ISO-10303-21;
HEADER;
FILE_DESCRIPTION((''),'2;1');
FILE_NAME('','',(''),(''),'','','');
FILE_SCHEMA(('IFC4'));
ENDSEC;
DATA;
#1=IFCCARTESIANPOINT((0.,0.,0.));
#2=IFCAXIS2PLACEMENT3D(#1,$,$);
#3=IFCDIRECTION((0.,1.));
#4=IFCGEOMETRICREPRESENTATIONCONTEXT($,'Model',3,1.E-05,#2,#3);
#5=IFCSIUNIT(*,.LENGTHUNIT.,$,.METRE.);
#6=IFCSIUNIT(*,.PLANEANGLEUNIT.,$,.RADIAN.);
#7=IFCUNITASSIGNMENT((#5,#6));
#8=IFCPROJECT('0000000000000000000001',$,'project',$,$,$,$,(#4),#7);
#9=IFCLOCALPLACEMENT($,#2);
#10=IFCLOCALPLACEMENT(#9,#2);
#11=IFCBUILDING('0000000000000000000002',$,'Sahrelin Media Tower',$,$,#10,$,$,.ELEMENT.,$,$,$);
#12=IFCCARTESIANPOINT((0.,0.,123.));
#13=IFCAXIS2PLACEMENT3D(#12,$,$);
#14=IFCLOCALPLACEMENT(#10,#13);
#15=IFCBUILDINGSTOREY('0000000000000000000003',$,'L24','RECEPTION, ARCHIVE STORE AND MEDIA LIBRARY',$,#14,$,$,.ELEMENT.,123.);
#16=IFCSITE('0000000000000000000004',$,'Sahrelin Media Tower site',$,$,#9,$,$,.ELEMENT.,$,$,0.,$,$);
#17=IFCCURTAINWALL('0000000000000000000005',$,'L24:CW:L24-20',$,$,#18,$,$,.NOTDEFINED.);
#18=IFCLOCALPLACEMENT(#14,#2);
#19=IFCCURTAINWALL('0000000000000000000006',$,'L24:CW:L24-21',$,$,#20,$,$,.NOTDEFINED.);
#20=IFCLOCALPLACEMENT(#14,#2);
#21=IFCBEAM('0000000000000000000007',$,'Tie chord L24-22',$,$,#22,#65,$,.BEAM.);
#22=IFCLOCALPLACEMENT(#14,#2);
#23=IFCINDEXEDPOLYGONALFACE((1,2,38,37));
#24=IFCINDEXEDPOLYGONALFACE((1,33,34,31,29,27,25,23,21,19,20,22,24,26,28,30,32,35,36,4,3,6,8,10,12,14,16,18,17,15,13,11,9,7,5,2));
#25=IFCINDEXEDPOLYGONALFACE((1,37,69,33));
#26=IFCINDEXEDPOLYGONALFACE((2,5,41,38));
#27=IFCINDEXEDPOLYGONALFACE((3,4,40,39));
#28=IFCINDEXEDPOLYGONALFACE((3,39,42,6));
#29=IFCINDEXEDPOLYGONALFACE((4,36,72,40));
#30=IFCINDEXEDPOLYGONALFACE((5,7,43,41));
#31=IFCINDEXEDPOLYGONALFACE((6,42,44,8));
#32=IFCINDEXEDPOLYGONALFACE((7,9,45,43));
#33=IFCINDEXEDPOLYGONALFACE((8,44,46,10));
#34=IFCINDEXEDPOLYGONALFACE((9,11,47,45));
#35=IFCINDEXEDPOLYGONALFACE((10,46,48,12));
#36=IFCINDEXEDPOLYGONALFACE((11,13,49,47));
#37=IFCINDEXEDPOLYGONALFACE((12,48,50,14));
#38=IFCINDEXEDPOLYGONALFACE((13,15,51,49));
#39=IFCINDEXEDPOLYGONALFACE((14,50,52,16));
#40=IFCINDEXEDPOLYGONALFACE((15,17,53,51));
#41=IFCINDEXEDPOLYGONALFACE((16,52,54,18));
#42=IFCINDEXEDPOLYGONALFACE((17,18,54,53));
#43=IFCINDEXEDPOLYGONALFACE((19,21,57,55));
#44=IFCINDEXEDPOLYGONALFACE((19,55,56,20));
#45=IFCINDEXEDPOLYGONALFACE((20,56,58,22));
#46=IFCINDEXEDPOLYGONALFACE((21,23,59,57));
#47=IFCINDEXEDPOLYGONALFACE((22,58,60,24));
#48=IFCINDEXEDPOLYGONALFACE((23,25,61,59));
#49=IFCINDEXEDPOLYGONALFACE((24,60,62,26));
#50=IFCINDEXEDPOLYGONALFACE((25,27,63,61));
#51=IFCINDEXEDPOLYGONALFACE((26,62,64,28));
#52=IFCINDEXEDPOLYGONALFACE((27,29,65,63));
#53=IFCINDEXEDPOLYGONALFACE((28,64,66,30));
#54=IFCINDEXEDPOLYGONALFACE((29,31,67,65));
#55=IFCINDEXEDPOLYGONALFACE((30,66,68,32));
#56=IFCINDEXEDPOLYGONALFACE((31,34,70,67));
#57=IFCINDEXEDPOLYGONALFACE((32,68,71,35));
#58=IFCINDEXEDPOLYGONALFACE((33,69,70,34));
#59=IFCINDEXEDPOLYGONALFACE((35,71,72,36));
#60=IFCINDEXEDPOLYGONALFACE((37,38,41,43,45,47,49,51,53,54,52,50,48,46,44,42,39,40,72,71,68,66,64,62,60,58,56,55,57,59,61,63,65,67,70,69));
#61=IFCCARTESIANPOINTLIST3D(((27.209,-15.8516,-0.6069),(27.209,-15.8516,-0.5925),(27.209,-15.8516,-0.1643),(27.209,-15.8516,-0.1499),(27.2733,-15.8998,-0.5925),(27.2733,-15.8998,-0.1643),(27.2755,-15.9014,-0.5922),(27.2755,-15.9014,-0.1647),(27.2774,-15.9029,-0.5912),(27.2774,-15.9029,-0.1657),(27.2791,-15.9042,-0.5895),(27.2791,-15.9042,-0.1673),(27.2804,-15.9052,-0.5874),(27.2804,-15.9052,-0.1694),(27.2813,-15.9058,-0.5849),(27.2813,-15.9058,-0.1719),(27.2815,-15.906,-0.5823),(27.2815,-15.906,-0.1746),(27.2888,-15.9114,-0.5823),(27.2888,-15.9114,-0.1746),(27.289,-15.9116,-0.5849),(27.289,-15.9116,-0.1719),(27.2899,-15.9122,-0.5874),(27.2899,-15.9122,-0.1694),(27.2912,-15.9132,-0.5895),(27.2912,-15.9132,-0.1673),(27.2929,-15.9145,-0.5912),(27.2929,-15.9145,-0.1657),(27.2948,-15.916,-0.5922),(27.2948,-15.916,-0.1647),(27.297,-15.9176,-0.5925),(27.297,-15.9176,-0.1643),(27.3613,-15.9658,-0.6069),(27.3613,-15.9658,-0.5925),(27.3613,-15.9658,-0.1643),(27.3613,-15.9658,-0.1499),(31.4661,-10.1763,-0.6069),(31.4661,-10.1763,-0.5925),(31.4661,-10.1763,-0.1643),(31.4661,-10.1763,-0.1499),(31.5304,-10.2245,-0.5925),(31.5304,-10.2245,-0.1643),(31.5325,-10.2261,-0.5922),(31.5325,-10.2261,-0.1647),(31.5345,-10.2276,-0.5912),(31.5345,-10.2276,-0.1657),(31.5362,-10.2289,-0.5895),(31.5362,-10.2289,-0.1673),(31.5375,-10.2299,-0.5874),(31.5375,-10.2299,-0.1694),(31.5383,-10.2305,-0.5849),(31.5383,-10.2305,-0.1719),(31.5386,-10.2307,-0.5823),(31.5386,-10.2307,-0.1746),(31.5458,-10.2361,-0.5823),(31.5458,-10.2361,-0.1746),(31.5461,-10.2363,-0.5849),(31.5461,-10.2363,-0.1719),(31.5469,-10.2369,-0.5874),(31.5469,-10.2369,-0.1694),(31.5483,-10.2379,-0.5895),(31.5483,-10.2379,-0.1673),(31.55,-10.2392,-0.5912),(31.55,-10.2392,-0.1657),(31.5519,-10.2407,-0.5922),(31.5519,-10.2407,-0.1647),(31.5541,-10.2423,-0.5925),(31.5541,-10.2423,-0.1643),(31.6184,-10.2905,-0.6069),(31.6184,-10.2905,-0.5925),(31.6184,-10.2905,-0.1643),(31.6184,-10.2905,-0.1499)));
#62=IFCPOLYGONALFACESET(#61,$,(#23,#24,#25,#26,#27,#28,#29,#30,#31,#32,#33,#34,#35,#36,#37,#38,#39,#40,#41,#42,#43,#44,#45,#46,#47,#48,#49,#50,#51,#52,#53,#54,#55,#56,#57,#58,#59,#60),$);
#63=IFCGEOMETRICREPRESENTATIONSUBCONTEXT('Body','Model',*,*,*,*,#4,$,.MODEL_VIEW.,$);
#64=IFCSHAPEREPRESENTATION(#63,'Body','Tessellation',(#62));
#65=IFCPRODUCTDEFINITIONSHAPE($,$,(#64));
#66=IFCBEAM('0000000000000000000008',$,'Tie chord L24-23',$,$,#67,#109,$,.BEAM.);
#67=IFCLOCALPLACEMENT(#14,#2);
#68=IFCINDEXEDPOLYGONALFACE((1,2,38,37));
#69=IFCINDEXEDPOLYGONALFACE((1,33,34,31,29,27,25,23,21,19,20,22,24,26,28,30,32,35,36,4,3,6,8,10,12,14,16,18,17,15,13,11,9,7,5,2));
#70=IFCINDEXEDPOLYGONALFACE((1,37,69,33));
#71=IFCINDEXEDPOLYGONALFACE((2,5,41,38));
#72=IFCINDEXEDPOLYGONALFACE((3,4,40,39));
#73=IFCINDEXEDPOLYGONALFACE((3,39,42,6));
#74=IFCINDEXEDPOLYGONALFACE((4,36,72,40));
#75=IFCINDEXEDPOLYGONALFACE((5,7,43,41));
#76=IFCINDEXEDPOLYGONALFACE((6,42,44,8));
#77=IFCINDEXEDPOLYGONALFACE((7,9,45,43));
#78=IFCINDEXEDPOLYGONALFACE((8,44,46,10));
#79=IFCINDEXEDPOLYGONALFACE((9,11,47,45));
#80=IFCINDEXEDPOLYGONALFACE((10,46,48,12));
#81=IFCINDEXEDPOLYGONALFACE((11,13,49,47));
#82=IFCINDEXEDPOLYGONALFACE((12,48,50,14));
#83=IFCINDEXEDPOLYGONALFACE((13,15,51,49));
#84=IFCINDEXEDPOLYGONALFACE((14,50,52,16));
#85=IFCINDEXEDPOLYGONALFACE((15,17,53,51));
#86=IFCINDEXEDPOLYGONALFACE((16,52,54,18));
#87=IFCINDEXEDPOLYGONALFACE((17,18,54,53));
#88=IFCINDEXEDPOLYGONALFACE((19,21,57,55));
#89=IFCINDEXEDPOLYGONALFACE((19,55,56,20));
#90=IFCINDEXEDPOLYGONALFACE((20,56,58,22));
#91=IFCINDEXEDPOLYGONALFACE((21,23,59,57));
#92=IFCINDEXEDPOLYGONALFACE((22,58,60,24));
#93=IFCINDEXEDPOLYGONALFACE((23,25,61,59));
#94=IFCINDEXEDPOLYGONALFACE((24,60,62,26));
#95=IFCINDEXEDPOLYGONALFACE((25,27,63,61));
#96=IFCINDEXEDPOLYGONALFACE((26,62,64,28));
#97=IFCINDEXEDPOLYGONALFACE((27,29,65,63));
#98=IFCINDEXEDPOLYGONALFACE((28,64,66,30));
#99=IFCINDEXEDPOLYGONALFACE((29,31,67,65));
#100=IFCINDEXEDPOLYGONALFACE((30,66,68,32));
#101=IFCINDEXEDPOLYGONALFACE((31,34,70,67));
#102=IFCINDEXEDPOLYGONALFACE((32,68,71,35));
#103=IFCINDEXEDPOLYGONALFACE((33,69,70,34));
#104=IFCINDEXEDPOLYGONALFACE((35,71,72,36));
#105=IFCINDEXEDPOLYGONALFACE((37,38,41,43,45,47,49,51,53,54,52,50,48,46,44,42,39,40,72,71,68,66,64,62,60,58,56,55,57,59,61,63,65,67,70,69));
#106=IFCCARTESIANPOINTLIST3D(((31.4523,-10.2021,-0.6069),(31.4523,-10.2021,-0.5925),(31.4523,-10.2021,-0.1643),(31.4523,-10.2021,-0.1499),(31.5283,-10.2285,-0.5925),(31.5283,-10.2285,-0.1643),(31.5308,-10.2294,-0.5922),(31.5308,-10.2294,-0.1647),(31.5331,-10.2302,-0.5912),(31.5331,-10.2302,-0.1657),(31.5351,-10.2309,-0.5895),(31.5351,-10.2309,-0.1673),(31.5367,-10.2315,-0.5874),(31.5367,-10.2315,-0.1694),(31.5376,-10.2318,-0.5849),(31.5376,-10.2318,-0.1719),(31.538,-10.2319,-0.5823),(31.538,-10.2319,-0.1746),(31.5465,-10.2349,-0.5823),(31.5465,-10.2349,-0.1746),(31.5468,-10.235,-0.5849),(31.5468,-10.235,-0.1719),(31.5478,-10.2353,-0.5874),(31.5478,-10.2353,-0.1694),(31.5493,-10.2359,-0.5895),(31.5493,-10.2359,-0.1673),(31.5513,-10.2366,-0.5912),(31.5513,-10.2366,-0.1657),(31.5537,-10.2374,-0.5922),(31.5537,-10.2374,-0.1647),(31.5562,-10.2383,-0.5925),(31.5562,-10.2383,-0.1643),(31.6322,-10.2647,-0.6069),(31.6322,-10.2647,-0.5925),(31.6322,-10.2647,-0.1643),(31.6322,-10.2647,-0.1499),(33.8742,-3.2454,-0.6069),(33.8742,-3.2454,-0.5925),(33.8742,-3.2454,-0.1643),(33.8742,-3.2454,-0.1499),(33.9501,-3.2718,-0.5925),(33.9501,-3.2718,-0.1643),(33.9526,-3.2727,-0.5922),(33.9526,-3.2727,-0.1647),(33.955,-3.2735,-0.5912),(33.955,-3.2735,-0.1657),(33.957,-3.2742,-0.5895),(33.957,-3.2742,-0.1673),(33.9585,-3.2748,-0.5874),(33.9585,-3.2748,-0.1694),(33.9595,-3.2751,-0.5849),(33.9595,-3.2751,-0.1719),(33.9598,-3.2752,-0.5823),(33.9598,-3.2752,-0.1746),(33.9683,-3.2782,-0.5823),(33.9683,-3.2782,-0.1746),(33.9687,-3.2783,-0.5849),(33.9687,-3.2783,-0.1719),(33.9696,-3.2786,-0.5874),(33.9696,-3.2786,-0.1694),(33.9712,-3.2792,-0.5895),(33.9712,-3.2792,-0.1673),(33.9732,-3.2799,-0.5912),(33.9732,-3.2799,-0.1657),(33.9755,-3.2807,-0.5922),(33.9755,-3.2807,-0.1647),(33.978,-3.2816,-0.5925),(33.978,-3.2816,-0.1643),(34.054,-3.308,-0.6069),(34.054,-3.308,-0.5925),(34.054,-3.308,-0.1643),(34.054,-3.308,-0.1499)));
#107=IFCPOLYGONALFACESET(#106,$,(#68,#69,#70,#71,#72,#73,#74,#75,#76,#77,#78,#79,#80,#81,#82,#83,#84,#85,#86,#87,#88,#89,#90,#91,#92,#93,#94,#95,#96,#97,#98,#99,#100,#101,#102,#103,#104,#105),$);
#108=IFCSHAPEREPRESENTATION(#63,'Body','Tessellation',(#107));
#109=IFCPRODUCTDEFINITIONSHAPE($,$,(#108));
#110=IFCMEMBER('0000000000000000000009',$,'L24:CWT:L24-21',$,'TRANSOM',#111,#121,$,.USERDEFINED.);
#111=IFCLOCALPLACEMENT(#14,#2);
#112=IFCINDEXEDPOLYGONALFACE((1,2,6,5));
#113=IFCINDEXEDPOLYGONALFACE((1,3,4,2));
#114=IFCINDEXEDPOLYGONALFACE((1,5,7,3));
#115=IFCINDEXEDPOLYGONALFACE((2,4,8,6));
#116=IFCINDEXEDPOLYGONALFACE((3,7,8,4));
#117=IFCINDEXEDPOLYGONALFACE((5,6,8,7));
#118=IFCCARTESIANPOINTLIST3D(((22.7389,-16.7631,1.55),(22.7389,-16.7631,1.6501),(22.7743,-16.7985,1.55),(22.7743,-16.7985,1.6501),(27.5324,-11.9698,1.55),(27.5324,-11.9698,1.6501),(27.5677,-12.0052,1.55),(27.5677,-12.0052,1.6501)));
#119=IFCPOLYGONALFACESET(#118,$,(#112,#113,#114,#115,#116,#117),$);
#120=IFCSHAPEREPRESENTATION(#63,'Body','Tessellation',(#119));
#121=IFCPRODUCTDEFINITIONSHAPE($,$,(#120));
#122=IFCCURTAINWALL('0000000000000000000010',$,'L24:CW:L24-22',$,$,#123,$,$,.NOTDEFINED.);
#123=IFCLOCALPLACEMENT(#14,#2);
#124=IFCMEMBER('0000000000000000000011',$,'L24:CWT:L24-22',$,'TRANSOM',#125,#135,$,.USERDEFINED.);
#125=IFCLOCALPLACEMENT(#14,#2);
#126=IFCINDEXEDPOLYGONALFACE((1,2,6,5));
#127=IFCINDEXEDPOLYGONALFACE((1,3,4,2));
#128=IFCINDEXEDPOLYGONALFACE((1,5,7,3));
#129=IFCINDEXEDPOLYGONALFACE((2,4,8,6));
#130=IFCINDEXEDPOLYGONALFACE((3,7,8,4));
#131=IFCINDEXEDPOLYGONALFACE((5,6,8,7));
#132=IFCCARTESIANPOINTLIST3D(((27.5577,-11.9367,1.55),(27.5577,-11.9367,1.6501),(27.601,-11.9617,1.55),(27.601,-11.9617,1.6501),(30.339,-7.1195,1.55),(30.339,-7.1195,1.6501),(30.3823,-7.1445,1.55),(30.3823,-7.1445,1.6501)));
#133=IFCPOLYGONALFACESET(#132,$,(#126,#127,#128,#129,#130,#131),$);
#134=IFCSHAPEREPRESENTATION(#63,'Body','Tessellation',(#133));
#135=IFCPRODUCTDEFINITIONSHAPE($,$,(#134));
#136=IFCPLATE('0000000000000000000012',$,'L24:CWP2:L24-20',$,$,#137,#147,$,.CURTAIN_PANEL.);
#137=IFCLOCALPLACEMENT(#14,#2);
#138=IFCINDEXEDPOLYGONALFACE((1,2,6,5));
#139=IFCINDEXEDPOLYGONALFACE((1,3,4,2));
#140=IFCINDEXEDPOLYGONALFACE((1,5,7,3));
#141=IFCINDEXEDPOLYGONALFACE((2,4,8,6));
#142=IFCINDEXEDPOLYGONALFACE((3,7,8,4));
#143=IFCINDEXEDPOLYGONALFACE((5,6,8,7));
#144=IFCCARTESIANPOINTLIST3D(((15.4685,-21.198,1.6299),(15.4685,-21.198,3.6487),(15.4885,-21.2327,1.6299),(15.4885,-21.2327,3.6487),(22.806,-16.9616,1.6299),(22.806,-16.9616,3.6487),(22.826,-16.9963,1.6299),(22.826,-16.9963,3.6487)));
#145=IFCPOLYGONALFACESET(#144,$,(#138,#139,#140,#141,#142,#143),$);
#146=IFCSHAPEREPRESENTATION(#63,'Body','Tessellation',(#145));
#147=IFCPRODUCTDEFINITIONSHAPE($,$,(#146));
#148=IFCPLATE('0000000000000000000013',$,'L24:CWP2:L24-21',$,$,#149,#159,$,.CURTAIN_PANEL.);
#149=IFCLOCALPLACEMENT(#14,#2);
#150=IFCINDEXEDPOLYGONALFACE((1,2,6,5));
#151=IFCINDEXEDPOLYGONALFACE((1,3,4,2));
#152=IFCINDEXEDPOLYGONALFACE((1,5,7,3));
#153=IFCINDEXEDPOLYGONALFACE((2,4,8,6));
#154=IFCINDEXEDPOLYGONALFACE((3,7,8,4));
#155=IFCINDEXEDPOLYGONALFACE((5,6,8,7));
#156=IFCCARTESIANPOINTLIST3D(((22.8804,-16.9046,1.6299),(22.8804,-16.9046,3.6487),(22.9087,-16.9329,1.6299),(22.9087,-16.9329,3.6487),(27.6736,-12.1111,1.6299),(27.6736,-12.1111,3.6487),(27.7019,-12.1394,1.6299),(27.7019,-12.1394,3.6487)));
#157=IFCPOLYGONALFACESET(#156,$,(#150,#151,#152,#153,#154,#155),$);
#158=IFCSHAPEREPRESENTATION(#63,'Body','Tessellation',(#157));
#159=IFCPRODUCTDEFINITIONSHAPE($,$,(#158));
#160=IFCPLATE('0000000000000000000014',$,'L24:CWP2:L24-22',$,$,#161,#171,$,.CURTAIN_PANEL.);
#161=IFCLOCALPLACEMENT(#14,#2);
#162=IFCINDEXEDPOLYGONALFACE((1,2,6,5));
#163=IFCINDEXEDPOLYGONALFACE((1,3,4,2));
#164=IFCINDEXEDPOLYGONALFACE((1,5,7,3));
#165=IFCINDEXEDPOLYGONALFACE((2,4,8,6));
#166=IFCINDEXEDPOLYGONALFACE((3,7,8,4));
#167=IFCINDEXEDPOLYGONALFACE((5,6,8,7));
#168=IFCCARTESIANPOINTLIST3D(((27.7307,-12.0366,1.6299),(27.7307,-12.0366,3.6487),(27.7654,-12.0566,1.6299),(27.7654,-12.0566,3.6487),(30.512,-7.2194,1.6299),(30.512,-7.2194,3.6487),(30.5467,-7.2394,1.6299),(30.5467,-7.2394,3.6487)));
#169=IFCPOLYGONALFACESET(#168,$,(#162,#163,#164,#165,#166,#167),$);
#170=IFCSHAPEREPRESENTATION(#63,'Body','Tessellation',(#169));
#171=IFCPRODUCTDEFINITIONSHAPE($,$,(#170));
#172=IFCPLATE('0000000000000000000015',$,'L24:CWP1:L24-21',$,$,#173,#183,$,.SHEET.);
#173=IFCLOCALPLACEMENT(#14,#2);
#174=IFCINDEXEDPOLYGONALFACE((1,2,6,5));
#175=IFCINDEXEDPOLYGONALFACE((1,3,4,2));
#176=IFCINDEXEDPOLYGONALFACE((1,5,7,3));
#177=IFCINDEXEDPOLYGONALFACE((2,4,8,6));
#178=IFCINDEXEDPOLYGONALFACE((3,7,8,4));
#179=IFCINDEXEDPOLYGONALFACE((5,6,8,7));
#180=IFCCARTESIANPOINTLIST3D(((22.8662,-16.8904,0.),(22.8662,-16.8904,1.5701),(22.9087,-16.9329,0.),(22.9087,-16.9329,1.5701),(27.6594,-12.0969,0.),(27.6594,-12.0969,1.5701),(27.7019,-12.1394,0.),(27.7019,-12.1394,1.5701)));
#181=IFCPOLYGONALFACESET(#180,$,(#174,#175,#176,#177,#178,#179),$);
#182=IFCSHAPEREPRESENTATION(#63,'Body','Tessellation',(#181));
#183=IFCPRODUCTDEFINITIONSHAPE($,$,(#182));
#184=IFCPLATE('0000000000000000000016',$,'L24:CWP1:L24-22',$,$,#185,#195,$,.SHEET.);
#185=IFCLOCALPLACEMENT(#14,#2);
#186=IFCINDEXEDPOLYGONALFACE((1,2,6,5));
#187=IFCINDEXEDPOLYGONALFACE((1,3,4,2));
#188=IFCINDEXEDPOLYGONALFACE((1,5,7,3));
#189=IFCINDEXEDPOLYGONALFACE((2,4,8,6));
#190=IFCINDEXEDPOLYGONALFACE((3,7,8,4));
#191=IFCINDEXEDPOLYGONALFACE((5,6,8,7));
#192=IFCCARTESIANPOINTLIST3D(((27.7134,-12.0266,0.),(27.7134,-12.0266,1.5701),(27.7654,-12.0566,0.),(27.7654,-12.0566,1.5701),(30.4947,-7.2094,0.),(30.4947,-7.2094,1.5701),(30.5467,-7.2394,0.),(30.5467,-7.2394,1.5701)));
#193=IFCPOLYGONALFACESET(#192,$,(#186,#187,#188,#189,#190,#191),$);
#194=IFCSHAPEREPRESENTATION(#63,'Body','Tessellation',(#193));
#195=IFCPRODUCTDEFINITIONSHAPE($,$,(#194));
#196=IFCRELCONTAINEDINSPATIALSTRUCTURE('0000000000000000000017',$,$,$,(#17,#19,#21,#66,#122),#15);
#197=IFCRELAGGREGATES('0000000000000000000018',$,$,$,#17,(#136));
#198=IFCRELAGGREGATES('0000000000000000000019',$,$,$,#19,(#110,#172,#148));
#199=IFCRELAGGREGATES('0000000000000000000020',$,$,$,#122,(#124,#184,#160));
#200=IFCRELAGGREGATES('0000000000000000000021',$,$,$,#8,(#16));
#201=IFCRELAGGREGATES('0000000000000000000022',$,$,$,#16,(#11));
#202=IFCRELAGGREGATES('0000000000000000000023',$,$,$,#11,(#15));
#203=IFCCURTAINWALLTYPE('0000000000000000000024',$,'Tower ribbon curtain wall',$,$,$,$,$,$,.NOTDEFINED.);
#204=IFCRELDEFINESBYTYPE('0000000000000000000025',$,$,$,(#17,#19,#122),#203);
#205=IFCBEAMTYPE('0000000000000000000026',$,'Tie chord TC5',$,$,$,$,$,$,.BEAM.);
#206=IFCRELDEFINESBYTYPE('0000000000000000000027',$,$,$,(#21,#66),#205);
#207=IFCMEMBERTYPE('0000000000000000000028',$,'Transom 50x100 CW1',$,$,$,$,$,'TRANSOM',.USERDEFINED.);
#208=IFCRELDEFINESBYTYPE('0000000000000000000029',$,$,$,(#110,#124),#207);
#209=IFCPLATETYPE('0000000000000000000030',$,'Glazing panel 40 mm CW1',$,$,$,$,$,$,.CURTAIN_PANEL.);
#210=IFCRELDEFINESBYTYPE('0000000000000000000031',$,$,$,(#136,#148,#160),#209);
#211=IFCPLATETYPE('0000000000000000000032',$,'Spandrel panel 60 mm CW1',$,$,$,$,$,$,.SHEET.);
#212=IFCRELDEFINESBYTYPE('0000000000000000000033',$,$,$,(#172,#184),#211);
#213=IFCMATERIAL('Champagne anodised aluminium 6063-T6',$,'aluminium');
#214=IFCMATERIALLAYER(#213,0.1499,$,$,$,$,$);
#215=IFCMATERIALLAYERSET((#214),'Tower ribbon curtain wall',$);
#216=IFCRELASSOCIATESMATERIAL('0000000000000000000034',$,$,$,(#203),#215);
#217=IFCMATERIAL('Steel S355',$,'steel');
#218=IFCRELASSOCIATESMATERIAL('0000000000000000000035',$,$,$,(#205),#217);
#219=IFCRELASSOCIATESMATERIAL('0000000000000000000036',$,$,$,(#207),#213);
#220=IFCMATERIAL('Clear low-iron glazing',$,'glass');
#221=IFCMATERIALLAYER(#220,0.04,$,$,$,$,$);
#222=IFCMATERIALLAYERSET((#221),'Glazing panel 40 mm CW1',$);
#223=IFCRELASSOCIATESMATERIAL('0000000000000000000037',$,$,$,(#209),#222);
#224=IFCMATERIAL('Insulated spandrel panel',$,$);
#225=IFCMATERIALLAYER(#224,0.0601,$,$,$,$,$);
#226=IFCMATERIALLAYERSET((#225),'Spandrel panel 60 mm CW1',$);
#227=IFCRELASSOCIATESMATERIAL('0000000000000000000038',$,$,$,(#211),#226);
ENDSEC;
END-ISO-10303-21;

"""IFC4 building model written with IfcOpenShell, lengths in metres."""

from ifc_helpers import new_model, si_unit, direction, frame, origin, origin_2d, place, context, subcontext, project, spatial, polyline, rectangle, i_section, outline, extrude, material, layer, layer_set, material_profile, profile_set, type_object, element, aggregate, save


model = new_model("IFC4")

# Units and contexts
model_context = context("Model", 3, precision=1e-05, world=origin(), true_north=direction((0.0, 1.0)))
body_context = subcontext(model_context, "Body", "Model", "MODEL_VIEW")
ifc_project = project(units=[si_unit("LENGTHUNIT", "METRE"), si_unit("PLANEANGLEUNIT", "RADIAN")], contexts=[model_context])

# Site, building, storey
site_placement = place(None, origin())
site = spatial("IfcSite", under=ifc_project, at=site_placement, Name="Sahrelin Media Tower site", CompositionType="ELEMENT", RefElevation=0.0)
building_placement = place(site_placement, origin())
building = spatial("IfcBuilding", under=site, at=building_placement, Name="Sahrelin Media Tower", CompositionType="ELEMENT")
storey_placement = place(building_placement, frame((0.0, 0.0, 123.0)))
storey = spatial("IfcBuildingStorey", under=building, at=storey_placement, Name="L24", Description="RECEPTION, ARCHIVE STORE AND MEDIA LIBRARY", CompositionType="ELEMENT", Elevation=123.0)

# Shared definitions
ifc_material_1 = material(Name="Steel S355", Category="steel")

# Curtain walls
ifc_material_2 = material(Name="Champagne anodised aluminium 6063-T6", Category="aluminium")
ifc_layer_1 = layer(ifc_material_2, 0.1499)
ifc_layer_set_1 = layer_set([ifc_layer_1], Name="Tower ribbon curtain wall")
curtain_wall_type = type_object("IfcCurtainWallType", Name="Tower ribbon curtain wall", PredefinedType="NOTDEFINED", material=ifc_layer_set_1)
curtain_wall_1_placement = place(storey_placement, frame((19.1472, -19.0972, 0.0), z_axis=(0.0, 0.0, 1.0), x_axis=(1.0, 0.0, 0.0)))
curtain_wall_1 = element("IfcCurtainWall", 1, at=curtain_wall_1_placement, inside=storey, type_object=curtain_wall_type, Name="L24:CW:L24-20", PredefinedType="NOTDEFINED")
curtain_wall_2_placement = place(storey_placement, frame((25.2913, -14.522, 0.0), z_axis=(0.0, 0.0, 1.0), x_axis=(1.0, 0.0, 0.0)))
curtain_wall_2 = element("IfcCurtainWall", 2, at=curtain_wall_2_placement, inside=storey, type_object=curtain_wall_type, Name="L24:CW:L24-21", PredefinedType="NOTDEFINED")

# Beams
ifc_material_profile_1 = material_profile(ifc_material_1, i_section(OverallWidth=0.1904, OverallDepth=0.457, WebThickness=0.009, FlangeThickness=0.0144, FilletRadius=0.0103, at=origin_2d()), Name="UB 457x191x74")
ifc_profile_set_1 = profile_set([ifc_material_profile_1], Name="Steel S355")
beam_type_1 = type_object("IfcBeamType", Name="Tie chord TC5", PredefinedType="BEAM", material=ifc_profile_set_1)
beam_1_placement = place(storey_placement, frame((27.2852, -15.9087, -0.3784), z_axis=(0.600055, 0.799959, 0.0), x_axis=(-0.799959, 0.600055, 0.0)))
element("IfcBeam", 3, at=beam_1_placement, inside=storey, type_object=beam_type_1, Name="Tie chord L24-22", PredefinedType="BEAM", context=body_context, shape_type="SweptSolid", body=[
    extrude(i_section(OverallWidth=0.1904, OverallDepth=0.457, WebThickness=0.009, FlangeThickness=0.0144, FilletRadius=0.0103, at=origin_2d()), origin(), (0.0, 0.0, 1.0), 7.0945),
])
beam_2_placement = place(storey_placement, frame((31.5422, -10.2334, -0.3784), z_axis=(0.328778, 0.944407, 0.0), x_axis=(-0.944407, 0.328778, 0.0)))
element("IfcBeam", 4, at=beam_2_placement, inside=storey, type_object=beam_type_1, Name="Tie chord L24-23", PredefinedType="BEAM", context=body_context, shape_type="SweptSolid", body=[
    extrude(i_section(OverallWidth=0.1904, OverallDepth=0.457, WebThickness=0.009, FlangeThickness=0.0144, FilletRadius=0.0103, at=origin_2d()), origin(), (0.0, 0.0, 1.0), 7.3662),
])

# Member
ifc_material_profile_2 = material_profile(ifc_material_2, rectangle(XDim=0.05, YDim=0.1001, at=origin_2d()), Name="Transom 50x100")
ifc_profile_set_2 = profile_set([ifc_material_profile_2], Name="Champagne anodised aluminium 6063-T6")
member_type_1 = type_object("IfcMemberType", Name="Transom 50x100 CW1", ElementType="TRANSOM", PredefinedType="USERDEFINED", material=ifc_profile_set_2)
member_1_placement = place(storey_placement, frame((22.7566, -16.7808, 1.6001), z_axis=(0.707125, 0.707089, 0.0), x_axis=(-0.707089, 0.707125, 0.0)))
member_1 = element("IfcMember", 5, at=member_1_placement, type_object=member_type_1, Name="L24:CWT:L24-21", ObjectType="TRANSOM", PredefinedType="USERDEFINED", context=body_context, shape_type="SweptSolid", body=[
    extrude(rectangle(XDim=0.05, YDim=0.1001, at=origin_2d()), origin(), (0.0, 0.0, 1.0), 6.7788),
])

# Curtain wall, member
curtain_wall_3_placement = place(storey_placement, frame((29.1389, -9.6382, 0.0), z_axis=(0.0, 0.0, 1.0), x_axis=(1.0, 0.0, 0.0)))
curtain_wall_3 = element("IfcCurtainWall", 6, at=curtain_wall_3_placement, inside=storey, type_object=curtain_wall_type, Name="L24:CW:L24-22", PredefinedType="NOTDEFINED")
member_2_placement = place(storey_placement, frame((27.5793, -11.9492, 1.6001), z_axis=(0.50001, 0.86602, 0.0), x_axis=(-0.86602, 0.50001, 0.0)))
member_2 = element("IfcMember", 7, at=member_2_placement, type_object=member_type_1, Name="L24:CWT:L24-22", ObjectType="TRANSOM", PredefinedType="USERDEFINED", context=body_context, shape_type="SweptSolid", body=[
    extrude(rectangle(XDim=0.05, YDim=0.1001, at=origin_2d()), origin(), (0.0, 0.0, 1.0), 5.5625),
])

# Plates
ifc_material_3 = material(Name="Clear low-iron glazing", Category="glass")
ifc_layer_2 = layer(ifc_material_3, 0.04)
ifc_layer_set_2 = layer_set([ifc_layer_2], Name="Glazing panel 40 mm CW1")
plate_type_1 = type_object("IfcPlateType", Name="Glazing panel 40 mm CW1", PredefinedType="CURTAIN_PANEL", material=ifc_layer_set_2)
plate_1_placement = place(storey_placement, frame((15.4885, -21.2327, 1.6299), z_axis=(0.500007, -0.866021, 0.0), x_axis=(0.866021, 0.500007, 0.0)))
plate_1 = element("IfcPlate", 8, at=plate_1_placement, type_object=plate_type_1, Name="L24:CWP2:L24-20", PredefinedType="CURTAIN_PANEL", context=body_context, shape_type="SweptSolid", body=[
    extrude(outline(polyline([(0.0, 0.0), (8.4727, 0.0), (8.4727, 2.0188), (0.0, 2.0188), (0.0, 0.0)])), origin(), (0.0, 0.0, -1.0), 0.04),
])
aggregate(curtain_wall_1, [plate_1])
plate_2_placement = place(storey_placement, frame((22.9087, -16.9329, 1.6299), z_axis=(0.707125, -0.707089, 0.0), x_axis=(0.707089, 0.707125, 0.0)))
plate_2 = element("IfcPlate", 9, at=plate_2_placement, type_object=plate_type_1, Name="L24:CWP2:L24-21", PredefinedType="CURTAIN_PANEL", context=body_context, shape_type="SweptSolid", body=[
    extrude(outline(polyline([(0.0, 0.0), (6.7788, 0.0), (6.7788, 2.0188), (0.0, 2.0188), (0.0, 0.0)])), origin(), (0.0, 0.0, -1.0), 0.04),
])
plate_3_placement = place(storey_placement, frame((27.7654, -12.0566, 1.6299), z_axis=(0.86602, -0.50001, 0.0), x_axis=(0.50001, 0.86602, 0.0)))
plate_3 = element("IfcPlate", 10, at=plate_3_placement, type_object=plate_type_1, Name="L24:CWP2:L24-22", PredefinedType="CURTAIN_PANEL", context=body_context, shape_type="SweptSolid", body=[
    extrude(outline(polyline([(0.0, 0.0), (5.5625, 0.0), (5.5625, 2.0188), (0.0, 2.0188), (0.0, 0.0)])), origin(), (0.0, 0.0, -1.0), 0.04),
])
ifc_material_4 = material(Name="Insulated spandrel panel")
ifc_layer_3 = layer(ifc_material_4, 0.0601)
ifc_layer_set_3 = layer_set([ifc_layer_3], Name="Spandrel panel 60 mm CW1")
plate_type_2 = type_object("IfcPlateType", Name="Spandrel panel 60 mm CW1", PredefinedType="SHEET", material=ifc_layer_set_3)
plate_4_placement = place(storey_placement, frame((22.9087, -16.9329, 0.0), z_axis=(0.707125, -0.707089, 0.0), x_axis=(0.707089, 0.707125, 0.0)))
plate_4 = element("IfcPlate", 11, at=plate_4_placement, type_object=plate_type_2, Name="L24:CWP1:L24-21", PredefinedType="SHEET", context=body_context, shape_type="SweptSolid", body=[
    extrude(outline(polyline([(0.0, 0.0), (6.7788, 0.0), (6.7788, 1.5701), (0.0, 1.5701), (0.0, 0.0)])), origin(), (0.0, 0.0, -1.0), 0.0601),
])
aggregate(curtain_wall_2, [member_1, plate_4, plate_2])
plate_5_placement = place(storey_placement, frame((27.7654, -12.0566, 0.0), z_axis=(0.86602, -0.50001, 0.0), x_axis=(0.50001, 0.86602, 0.0)))
plate_5 = element("IfcPlate", 12, at=plate_5_placement, type_object=plate_type_2, Name="L24:CWP1:L24-22", PredefinedType="SHEET", context=body_context, shape_type="SweptSolid", body=[
    extrude(outline(polyline([(0.0, 0.0), (5.5625, 0.0), (5.5625, 1.5701), (0.0, 1.5701), (0.0, 0.0)])), origin(), (0.0, 0.0, -1.0), 0.0601),
])
aggregate(curtain_wall_3, [member_2, plate_5, plate_3])

save(model, "model.ifc")
